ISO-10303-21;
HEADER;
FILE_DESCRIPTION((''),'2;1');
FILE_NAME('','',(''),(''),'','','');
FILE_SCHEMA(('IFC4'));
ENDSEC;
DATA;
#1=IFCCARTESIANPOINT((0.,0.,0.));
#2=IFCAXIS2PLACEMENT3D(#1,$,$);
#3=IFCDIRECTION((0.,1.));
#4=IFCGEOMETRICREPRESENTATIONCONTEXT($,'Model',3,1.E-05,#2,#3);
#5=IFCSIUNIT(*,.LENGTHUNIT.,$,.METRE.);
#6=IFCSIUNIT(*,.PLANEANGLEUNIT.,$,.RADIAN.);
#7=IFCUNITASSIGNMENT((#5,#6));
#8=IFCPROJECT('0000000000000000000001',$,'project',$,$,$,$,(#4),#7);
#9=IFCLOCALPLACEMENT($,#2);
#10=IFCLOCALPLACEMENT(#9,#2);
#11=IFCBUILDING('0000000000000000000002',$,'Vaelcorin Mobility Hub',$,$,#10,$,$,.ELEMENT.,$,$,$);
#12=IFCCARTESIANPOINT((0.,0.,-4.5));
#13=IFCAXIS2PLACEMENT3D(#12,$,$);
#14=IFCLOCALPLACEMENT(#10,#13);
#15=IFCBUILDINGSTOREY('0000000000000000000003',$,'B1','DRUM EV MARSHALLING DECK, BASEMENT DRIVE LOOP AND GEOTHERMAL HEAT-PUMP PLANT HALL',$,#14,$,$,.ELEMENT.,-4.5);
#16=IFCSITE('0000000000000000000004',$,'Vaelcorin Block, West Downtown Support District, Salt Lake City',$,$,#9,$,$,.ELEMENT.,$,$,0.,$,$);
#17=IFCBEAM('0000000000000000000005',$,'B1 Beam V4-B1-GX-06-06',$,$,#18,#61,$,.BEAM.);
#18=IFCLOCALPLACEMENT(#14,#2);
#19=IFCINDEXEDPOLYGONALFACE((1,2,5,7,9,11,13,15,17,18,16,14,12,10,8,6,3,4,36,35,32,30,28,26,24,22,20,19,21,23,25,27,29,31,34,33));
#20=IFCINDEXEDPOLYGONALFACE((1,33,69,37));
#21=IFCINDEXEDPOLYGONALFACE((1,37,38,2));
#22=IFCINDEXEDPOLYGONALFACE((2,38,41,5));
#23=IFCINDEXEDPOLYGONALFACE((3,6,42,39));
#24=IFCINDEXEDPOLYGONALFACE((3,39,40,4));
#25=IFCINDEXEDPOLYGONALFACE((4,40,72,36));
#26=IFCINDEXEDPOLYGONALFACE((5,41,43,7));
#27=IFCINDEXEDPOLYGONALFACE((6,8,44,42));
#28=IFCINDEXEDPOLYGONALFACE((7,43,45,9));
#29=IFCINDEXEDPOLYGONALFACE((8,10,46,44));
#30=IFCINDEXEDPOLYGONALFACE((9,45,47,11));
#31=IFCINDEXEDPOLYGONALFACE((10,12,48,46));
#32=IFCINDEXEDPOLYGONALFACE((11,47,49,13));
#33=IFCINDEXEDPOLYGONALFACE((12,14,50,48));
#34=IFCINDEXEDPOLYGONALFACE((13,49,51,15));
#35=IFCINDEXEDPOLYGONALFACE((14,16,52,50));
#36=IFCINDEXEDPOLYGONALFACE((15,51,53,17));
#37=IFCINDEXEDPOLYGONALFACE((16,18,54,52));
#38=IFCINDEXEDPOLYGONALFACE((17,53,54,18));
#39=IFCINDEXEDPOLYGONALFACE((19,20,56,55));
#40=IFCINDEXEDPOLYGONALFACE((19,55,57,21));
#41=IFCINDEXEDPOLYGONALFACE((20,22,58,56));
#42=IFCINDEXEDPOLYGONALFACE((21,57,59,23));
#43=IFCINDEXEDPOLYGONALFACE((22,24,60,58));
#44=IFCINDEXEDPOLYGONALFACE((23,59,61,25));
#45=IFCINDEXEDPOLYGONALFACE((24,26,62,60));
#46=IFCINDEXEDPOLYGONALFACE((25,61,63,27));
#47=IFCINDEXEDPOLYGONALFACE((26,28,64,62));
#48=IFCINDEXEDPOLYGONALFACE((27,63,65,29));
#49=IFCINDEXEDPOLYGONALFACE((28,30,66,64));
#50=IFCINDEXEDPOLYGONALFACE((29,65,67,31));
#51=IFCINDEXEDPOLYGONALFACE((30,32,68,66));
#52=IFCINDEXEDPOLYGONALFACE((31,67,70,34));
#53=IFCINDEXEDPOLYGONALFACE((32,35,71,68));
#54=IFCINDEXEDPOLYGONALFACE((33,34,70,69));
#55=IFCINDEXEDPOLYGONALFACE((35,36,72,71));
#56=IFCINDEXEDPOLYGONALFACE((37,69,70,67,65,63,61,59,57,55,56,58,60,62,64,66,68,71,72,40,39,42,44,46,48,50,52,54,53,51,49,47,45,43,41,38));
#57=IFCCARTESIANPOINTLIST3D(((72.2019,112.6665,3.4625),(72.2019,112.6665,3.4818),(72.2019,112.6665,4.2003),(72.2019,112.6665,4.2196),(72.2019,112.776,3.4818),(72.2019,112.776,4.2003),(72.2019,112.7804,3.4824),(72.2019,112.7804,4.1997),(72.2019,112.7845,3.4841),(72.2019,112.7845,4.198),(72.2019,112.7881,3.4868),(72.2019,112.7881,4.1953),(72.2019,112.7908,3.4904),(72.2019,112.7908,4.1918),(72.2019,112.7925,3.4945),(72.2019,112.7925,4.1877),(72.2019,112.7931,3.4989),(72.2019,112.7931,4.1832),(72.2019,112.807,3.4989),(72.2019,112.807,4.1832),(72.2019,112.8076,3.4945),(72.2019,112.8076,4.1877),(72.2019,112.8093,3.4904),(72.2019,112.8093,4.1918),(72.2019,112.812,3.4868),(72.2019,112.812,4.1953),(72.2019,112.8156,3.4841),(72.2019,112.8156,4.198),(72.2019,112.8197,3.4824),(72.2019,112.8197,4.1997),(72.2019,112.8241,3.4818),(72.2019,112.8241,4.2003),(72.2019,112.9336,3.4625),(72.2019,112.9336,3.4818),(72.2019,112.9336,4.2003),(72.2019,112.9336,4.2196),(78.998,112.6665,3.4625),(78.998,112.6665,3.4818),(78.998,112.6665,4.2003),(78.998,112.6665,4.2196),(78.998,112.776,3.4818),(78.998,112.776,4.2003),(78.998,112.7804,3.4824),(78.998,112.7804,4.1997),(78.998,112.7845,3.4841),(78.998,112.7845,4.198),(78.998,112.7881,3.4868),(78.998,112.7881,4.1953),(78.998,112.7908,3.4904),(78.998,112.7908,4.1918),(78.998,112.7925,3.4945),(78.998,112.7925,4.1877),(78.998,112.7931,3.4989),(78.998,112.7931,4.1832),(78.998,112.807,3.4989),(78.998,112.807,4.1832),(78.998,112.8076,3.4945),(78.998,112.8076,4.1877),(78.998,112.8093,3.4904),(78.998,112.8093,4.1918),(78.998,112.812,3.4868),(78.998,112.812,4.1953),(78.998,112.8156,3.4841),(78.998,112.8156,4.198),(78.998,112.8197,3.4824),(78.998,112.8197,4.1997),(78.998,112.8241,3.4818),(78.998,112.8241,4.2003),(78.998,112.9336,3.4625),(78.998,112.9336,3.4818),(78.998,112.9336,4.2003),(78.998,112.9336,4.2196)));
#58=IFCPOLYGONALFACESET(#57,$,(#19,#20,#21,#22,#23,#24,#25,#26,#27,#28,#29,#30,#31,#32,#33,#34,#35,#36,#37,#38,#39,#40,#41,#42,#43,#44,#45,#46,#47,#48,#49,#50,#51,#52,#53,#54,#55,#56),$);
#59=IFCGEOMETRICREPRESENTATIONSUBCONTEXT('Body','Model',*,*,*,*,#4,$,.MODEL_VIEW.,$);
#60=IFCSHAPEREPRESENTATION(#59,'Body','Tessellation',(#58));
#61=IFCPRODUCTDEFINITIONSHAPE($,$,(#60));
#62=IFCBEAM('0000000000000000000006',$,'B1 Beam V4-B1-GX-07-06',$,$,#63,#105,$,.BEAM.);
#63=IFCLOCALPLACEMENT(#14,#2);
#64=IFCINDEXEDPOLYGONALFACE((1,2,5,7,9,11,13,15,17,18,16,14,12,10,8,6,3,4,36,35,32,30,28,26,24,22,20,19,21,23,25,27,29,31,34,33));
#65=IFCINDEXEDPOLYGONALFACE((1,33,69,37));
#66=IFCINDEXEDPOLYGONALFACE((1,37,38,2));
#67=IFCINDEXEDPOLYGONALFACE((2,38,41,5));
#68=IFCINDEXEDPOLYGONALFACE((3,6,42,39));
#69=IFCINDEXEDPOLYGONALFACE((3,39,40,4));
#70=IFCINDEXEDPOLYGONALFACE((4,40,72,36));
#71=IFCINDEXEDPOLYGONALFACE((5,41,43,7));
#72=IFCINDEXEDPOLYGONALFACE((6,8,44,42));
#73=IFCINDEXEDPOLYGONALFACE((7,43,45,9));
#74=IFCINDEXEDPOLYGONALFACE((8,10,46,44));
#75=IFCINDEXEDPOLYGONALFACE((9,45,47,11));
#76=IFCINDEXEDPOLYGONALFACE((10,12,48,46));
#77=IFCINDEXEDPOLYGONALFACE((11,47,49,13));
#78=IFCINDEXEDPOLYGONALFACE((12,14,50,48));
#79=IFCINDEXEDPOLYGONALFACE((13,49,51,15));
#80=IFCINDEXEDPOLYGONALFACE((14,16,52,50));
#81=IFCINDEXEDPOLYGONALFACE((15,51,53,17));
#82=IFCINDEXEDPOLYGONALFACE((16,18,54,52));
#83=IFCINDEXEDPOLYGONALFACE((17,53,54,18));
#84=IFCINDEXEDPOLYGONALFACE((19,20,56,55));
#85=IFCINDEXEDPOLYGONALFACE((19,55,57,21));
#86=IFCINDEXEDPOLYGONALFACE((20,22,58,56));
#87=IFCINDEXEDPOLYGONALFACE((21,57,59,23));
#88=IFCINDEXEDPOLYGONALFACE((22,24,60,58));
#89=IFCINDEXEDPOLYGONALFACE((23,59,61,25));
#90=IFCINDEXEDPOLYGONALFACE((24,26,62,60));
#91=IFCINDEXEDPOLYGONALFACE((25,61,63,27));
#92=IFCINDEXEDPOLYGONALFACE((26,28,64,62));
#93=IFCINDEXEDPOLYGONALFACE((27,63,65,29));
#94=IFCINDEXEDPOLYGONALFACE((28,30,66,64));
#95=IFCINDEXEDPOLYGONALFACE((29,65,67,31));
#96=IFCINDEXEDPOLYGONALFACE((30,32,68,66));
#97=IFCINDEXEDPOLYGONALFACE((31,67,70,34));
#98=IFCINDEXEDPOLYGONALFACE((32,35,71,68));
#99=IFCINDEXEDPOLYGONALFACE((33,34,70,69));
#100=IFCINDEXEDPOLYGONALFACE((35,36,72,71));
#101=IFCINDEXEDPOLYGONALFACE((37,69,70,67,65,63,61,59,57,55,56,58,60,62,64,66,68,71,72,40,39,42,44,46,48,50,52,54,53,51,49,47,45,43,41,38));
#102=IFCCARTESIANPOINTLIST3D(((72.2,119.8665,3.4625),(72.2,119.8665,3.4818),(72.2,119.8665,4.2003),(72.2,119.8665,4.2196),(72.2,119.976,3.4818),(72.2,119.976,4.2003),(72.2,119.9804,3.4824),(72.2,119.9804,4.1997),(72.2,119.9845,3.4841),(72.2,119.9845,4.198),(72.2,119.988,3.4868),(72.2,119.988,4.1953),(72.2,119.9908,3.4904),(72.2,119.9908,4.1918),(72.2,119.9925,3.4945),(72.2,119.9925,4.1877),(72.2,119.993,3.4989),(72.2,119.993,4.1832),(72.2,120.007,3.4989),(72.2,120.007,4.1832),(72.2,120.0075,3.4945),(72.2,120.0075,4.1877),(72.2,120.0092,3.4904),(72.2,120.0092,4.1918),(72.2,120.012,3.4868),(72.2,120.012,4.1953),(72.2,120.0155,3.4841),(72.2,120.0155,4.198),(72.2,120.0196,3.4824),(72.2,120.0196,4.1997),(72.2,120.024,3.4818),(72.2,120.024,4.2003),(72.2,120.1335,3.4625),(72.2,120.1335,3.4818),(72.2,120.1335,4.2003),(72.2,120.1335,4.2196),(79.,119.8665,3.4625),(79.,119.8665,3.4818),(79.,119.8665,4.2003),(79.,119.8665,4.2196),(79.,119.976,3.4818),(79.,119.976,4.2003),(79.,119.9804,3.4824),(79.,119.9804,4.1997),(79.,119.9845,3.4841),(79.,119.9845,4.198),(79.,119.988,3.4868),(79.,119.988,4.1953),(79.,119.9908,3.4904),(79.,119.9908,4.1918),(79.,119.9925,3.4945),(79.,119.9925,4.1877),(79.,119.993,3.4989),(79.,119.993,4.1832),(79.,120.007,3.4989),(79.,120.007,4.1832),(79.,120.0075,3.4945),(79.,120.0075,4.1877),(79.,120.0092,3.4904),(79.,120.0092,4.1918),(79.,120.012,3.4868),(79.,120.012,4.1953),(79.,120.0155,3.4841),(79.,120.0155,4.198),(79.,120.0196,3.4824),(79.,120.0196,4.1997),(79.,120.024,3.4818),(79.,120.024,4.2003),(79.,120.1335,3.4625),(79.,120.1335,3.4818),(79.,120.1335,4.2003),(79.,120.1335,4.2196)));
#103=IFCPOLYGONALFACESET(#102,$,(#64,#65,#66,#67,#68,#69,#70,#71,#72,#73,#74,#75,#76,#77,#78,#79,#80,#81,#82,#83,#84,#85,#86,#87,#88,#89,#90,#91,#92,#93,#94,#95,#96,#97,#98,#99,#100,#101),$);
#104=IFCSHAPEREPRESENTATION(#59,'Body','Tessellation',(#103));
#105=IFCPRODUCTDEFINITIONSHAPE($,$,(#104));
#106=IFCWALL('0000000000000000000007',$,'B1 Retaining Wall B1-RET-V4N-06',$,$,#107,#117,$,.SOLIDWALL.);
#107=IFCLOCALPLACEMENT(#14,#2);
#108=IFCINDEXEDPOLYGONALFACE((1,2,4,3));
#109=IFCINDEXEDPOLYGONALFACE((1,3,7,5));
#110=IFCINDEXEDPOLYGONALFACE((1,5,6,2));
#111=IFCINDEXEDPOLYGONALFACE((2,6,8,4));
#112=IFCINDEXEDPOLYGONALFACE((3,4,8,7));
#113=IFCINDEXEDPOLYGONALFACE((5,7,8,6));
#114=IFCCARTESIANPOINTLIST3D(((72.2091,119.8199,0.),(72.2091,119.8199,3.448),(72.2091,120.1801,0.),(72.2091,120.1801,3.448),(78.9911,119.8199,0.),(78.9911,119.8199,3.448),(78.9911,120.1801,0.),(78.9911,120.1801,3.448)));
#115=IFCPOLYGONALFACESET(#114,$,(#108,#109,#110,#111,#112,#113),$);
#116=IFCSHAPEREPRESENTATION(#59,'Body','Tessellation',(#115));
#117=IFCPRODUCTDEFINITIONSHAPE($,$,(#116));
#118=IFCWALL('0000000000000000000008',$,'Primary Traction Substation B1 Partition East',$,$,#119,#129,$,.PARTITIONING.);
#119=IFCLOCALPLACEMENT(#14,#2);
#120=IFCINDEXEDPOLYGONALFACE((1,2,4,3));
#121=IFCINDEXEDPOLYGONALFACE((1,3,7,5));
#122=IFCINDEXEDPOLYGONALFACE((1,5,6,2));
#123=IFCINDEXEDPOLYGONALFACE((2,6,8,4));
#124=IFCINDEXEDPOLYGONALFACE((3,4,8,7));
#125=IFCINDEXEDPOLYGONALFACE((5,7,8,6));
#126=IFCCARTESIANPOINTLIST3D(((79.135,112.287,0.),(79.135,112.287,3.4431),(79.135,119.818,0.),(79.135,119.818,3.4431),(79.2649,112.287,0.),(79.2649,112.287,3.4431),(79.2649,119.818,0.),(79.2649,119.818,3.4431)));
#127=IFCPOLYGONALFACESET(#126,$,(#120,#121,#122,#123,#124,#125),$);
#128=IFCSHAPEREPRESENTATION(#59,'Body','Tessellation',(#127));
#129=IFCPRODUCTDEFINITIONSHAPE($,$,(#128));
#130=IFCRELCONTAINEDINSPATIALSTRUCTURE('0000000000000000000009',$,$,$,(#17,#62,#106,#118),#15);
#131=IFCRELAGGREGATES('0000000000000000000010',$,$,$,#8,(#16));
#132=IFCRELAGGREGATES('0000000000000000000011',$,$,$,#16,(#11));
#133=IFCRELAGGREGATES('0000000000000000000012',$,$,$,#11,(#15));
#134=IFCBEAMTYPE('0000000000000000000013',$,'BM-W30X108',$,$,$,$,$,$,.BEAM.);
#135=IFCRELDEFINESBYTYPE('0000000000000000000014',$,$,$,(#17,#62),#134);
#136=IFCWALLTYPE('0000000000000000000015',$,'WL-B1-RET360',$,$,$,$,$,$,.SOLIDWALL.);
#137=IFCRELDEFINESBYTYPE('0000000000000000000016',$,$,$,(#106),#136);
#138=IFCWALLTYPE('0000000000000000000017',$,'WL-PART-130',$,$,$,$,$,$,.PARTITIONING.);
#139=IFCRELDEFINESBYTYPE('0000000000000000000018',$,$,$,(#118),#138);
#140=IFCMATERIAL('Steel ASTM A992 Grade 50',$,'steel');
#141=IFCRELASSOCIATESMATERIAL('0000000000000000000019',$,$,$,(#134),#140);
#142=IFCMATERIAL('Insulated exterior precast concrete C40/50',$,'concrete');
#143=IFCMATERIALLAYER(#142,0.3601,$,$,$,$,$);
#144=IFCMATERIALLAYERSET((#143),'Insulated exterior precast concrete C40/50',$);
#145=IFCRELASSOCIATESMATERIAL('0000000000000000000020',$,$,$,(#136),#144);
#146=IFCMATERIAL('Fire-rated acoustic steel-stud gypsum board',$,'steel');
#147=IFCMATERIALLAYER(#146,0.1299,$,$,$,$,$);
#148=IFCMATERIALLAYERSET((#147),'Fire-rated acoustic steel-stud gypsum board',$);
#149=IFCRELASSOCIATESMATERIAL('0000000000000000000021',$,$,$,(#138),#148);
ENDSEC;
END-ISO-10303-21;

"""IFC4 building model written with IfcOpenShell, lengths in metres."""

from ifc_helpers import new_model, si_unit, direction, frame, frame_2d, origin, origin_2d, place, context, subcontext, project, spatial, rectangle, i_section, extrude, material, layer, layer_set, material_profile, profile_set, type_object, element, save


model = new_model("IFC4")

# Units and contexts
model_context = context("Model", 3, precision=1e-05, world=origin(), true_north=direction((0.0, 1.0)))
body_context = subcontext(model_context, "Body", "Model", "MODEL_VIEW")
ifc_project = project(units=[si_unit("LENGTHUNIT", "METRE"), si_unit("PLANEANGLEUNIT", "RADIAN")], contexts=[model_context])

# Site, building, storey
site_placement = place(None, origin())
site = spatial("IfcSite", under=ifc_project, at=site_placement, Name="Vaelcorin Block, West Downtown Support District, Salt Lake City", CompositionType="ELEMENT", RefElevation=0.0)
building_placement = place(site_placement, origin())
building = spatial("IfcBuilding", under=site, at=building_placement, Name="Vaelcorin Mobility Hub", CompositionType="ELEMENT")
storey_placement = place(building_placement, frame((0.0, 0.0, -4.5)))
storey = spatial("IfcBuildingStorey", under=building, at=storey_placement, Name="B1", Description="DRUM EV MARSHALLING DECK, BASEMENT DRIVE LOOP AND GEOTHERMAL HEAT-PUMP PLANT HALL", CompositionType="ELEMENT", Elevation=-4.5)

# Shared definitions
ifc_material_1 = material(Name="Steel ASTM A992 Grade 50", Category="steel")

# Beams
ifc_material_profile_1 = material_profile(ifc_material_1, i_section(OverallWidth=0.2671, OverallDepth=0.7571, WebThickness=0.0139, FlangeThickness=0.0193, FilletRadius=0.0171, at=origin_2d()), Name="W30X108")
ifc_profile_set_1 = profile_set([ifc_material_profile_1], Name="Steel ASTM A992 Grade 50")
beam_type_1 = type_object("IfcBeamType", Name="BM-W30X108", PredefinedType="BEAM", material=ifc_profile_set_1)
beam_1_placement = place(storey_placement, frame((72.2019, 112.8, 3.8411), z_axis=(1.0, 0.0, 0.0), x_axis=(0.0, 1.0, 0.0)))
element("IfcBeam", 1, at=beam_1_placement, inside=storey, type_object=beam_type_1, Name="B1 Beam V4-B1-GX-06-06", PredefinedType="BEAM", context=body_context, shape_type="SweptSolid", body=[
    extrude(i_section(OverallWidth=0.2671, OverallDepth=0.7571, WebThickness=0.0139, FlangeThickness=0.0193, FilletRadius=0.0171, at=origin_2d()), origin(), (0.0, 0.0, 1.0), 6.7961),
])
beam_2_placement = place(storey_placement, frame((72.2, 120.0, 3.8411), z_axis=(1.0, 0.0, 0.0), x_axis=(0.0, 1.0, 0.0)))
element("IfcBeam", 2, at=beam_2_placement, inside=storey, type_object=beam_type_1, Name="B1 Beam V4-B1-GX-07-06", PredefinedType="BEAM", context=body_context, shape_type="SweptSolid", body=[
    extrude(i_section(OverallWidth=0.2671, OverallDepth=0.7571, WebThickness=0.0139, FlangeThickness=0.0193, FilletRadius=0.0171, at=origin_2d()), origin(), (0.0, 0.0, 1.0), 6.8),
])

# Walls
ifc_material_2 = material(Name="Insulated exterior precast concrete C40/50", Category="concrete")
ifc_layer_1 = layer(ifc_material_2, 0.3601)
ifc_layer_set_1 = layer_set([ifc_layer_1], Name="Insulated exterior precast concrete C40/50")
wall_type_1 = type_object("IfcWallType", Name="WL-B1-RET360", PredefinedType="SOLIDWALL", material=ifc_layer_set_1)
wall_1_placement = place(storey_placement, frame((72.209, 120.0, 0.0), z_axis=(0.0, 0.0, 1.0), x_axis=(1.0, 0.0, 0.0)))
element("IfcWall", 3, at=wall_1_placement, inside=storey, type_object=wall_type_1, Name="B1 Retaining Wall B1-RET-V4N-06", PredefinedType="SOLIDWALL", context=body_context, shape_type="SweptSolid", body=[
    extrude(rectangle(XDim=6.782, YDim=0.3601, at=frame_2d((3.3911, 0.0))), origin(), (0.0, 0.0, 1.0), 3.448),
])
ifc_material_3 = material(Name="Fire-rated acoustic steel-stud gypsum board", Category="steel")
ifc_layer_2 = layer(ifc_material_3, 0.1299)
ifc_layer_set_2 = layer_set([ifc_layer_2], Name="Fire-rated acoustic steel-stud gypsum board")
wall_type_2 = type_object("IfcWallType", Name="WL-PART-130", PredefinedType="PARTITIONING", material=ifc_layer_set_2)
wall_2_placement = place(storey_placement, frame((79.2, 119.8181, 0.0), z_axis=(0.0, 0.0, 1.0), x_axis=(0.0, -1.0, 0.0)))
element("IfcWall", 4, at=wall_2_placement, inside=storey, type_object=wall_type_2, Name="Primary Traction Substation B1 Partition East", PredefinedType="PARTITIONING", context=body_context, shape_type="SweptSolid", body=[
    extrude(rectangle(XDim=7.531, YDim=0.1299, at=frame_2d((3.7656, 0.0))), origin(), (0.0, 0.0, 1.0), 3.4431),
])

save(model, "model.ifc")
